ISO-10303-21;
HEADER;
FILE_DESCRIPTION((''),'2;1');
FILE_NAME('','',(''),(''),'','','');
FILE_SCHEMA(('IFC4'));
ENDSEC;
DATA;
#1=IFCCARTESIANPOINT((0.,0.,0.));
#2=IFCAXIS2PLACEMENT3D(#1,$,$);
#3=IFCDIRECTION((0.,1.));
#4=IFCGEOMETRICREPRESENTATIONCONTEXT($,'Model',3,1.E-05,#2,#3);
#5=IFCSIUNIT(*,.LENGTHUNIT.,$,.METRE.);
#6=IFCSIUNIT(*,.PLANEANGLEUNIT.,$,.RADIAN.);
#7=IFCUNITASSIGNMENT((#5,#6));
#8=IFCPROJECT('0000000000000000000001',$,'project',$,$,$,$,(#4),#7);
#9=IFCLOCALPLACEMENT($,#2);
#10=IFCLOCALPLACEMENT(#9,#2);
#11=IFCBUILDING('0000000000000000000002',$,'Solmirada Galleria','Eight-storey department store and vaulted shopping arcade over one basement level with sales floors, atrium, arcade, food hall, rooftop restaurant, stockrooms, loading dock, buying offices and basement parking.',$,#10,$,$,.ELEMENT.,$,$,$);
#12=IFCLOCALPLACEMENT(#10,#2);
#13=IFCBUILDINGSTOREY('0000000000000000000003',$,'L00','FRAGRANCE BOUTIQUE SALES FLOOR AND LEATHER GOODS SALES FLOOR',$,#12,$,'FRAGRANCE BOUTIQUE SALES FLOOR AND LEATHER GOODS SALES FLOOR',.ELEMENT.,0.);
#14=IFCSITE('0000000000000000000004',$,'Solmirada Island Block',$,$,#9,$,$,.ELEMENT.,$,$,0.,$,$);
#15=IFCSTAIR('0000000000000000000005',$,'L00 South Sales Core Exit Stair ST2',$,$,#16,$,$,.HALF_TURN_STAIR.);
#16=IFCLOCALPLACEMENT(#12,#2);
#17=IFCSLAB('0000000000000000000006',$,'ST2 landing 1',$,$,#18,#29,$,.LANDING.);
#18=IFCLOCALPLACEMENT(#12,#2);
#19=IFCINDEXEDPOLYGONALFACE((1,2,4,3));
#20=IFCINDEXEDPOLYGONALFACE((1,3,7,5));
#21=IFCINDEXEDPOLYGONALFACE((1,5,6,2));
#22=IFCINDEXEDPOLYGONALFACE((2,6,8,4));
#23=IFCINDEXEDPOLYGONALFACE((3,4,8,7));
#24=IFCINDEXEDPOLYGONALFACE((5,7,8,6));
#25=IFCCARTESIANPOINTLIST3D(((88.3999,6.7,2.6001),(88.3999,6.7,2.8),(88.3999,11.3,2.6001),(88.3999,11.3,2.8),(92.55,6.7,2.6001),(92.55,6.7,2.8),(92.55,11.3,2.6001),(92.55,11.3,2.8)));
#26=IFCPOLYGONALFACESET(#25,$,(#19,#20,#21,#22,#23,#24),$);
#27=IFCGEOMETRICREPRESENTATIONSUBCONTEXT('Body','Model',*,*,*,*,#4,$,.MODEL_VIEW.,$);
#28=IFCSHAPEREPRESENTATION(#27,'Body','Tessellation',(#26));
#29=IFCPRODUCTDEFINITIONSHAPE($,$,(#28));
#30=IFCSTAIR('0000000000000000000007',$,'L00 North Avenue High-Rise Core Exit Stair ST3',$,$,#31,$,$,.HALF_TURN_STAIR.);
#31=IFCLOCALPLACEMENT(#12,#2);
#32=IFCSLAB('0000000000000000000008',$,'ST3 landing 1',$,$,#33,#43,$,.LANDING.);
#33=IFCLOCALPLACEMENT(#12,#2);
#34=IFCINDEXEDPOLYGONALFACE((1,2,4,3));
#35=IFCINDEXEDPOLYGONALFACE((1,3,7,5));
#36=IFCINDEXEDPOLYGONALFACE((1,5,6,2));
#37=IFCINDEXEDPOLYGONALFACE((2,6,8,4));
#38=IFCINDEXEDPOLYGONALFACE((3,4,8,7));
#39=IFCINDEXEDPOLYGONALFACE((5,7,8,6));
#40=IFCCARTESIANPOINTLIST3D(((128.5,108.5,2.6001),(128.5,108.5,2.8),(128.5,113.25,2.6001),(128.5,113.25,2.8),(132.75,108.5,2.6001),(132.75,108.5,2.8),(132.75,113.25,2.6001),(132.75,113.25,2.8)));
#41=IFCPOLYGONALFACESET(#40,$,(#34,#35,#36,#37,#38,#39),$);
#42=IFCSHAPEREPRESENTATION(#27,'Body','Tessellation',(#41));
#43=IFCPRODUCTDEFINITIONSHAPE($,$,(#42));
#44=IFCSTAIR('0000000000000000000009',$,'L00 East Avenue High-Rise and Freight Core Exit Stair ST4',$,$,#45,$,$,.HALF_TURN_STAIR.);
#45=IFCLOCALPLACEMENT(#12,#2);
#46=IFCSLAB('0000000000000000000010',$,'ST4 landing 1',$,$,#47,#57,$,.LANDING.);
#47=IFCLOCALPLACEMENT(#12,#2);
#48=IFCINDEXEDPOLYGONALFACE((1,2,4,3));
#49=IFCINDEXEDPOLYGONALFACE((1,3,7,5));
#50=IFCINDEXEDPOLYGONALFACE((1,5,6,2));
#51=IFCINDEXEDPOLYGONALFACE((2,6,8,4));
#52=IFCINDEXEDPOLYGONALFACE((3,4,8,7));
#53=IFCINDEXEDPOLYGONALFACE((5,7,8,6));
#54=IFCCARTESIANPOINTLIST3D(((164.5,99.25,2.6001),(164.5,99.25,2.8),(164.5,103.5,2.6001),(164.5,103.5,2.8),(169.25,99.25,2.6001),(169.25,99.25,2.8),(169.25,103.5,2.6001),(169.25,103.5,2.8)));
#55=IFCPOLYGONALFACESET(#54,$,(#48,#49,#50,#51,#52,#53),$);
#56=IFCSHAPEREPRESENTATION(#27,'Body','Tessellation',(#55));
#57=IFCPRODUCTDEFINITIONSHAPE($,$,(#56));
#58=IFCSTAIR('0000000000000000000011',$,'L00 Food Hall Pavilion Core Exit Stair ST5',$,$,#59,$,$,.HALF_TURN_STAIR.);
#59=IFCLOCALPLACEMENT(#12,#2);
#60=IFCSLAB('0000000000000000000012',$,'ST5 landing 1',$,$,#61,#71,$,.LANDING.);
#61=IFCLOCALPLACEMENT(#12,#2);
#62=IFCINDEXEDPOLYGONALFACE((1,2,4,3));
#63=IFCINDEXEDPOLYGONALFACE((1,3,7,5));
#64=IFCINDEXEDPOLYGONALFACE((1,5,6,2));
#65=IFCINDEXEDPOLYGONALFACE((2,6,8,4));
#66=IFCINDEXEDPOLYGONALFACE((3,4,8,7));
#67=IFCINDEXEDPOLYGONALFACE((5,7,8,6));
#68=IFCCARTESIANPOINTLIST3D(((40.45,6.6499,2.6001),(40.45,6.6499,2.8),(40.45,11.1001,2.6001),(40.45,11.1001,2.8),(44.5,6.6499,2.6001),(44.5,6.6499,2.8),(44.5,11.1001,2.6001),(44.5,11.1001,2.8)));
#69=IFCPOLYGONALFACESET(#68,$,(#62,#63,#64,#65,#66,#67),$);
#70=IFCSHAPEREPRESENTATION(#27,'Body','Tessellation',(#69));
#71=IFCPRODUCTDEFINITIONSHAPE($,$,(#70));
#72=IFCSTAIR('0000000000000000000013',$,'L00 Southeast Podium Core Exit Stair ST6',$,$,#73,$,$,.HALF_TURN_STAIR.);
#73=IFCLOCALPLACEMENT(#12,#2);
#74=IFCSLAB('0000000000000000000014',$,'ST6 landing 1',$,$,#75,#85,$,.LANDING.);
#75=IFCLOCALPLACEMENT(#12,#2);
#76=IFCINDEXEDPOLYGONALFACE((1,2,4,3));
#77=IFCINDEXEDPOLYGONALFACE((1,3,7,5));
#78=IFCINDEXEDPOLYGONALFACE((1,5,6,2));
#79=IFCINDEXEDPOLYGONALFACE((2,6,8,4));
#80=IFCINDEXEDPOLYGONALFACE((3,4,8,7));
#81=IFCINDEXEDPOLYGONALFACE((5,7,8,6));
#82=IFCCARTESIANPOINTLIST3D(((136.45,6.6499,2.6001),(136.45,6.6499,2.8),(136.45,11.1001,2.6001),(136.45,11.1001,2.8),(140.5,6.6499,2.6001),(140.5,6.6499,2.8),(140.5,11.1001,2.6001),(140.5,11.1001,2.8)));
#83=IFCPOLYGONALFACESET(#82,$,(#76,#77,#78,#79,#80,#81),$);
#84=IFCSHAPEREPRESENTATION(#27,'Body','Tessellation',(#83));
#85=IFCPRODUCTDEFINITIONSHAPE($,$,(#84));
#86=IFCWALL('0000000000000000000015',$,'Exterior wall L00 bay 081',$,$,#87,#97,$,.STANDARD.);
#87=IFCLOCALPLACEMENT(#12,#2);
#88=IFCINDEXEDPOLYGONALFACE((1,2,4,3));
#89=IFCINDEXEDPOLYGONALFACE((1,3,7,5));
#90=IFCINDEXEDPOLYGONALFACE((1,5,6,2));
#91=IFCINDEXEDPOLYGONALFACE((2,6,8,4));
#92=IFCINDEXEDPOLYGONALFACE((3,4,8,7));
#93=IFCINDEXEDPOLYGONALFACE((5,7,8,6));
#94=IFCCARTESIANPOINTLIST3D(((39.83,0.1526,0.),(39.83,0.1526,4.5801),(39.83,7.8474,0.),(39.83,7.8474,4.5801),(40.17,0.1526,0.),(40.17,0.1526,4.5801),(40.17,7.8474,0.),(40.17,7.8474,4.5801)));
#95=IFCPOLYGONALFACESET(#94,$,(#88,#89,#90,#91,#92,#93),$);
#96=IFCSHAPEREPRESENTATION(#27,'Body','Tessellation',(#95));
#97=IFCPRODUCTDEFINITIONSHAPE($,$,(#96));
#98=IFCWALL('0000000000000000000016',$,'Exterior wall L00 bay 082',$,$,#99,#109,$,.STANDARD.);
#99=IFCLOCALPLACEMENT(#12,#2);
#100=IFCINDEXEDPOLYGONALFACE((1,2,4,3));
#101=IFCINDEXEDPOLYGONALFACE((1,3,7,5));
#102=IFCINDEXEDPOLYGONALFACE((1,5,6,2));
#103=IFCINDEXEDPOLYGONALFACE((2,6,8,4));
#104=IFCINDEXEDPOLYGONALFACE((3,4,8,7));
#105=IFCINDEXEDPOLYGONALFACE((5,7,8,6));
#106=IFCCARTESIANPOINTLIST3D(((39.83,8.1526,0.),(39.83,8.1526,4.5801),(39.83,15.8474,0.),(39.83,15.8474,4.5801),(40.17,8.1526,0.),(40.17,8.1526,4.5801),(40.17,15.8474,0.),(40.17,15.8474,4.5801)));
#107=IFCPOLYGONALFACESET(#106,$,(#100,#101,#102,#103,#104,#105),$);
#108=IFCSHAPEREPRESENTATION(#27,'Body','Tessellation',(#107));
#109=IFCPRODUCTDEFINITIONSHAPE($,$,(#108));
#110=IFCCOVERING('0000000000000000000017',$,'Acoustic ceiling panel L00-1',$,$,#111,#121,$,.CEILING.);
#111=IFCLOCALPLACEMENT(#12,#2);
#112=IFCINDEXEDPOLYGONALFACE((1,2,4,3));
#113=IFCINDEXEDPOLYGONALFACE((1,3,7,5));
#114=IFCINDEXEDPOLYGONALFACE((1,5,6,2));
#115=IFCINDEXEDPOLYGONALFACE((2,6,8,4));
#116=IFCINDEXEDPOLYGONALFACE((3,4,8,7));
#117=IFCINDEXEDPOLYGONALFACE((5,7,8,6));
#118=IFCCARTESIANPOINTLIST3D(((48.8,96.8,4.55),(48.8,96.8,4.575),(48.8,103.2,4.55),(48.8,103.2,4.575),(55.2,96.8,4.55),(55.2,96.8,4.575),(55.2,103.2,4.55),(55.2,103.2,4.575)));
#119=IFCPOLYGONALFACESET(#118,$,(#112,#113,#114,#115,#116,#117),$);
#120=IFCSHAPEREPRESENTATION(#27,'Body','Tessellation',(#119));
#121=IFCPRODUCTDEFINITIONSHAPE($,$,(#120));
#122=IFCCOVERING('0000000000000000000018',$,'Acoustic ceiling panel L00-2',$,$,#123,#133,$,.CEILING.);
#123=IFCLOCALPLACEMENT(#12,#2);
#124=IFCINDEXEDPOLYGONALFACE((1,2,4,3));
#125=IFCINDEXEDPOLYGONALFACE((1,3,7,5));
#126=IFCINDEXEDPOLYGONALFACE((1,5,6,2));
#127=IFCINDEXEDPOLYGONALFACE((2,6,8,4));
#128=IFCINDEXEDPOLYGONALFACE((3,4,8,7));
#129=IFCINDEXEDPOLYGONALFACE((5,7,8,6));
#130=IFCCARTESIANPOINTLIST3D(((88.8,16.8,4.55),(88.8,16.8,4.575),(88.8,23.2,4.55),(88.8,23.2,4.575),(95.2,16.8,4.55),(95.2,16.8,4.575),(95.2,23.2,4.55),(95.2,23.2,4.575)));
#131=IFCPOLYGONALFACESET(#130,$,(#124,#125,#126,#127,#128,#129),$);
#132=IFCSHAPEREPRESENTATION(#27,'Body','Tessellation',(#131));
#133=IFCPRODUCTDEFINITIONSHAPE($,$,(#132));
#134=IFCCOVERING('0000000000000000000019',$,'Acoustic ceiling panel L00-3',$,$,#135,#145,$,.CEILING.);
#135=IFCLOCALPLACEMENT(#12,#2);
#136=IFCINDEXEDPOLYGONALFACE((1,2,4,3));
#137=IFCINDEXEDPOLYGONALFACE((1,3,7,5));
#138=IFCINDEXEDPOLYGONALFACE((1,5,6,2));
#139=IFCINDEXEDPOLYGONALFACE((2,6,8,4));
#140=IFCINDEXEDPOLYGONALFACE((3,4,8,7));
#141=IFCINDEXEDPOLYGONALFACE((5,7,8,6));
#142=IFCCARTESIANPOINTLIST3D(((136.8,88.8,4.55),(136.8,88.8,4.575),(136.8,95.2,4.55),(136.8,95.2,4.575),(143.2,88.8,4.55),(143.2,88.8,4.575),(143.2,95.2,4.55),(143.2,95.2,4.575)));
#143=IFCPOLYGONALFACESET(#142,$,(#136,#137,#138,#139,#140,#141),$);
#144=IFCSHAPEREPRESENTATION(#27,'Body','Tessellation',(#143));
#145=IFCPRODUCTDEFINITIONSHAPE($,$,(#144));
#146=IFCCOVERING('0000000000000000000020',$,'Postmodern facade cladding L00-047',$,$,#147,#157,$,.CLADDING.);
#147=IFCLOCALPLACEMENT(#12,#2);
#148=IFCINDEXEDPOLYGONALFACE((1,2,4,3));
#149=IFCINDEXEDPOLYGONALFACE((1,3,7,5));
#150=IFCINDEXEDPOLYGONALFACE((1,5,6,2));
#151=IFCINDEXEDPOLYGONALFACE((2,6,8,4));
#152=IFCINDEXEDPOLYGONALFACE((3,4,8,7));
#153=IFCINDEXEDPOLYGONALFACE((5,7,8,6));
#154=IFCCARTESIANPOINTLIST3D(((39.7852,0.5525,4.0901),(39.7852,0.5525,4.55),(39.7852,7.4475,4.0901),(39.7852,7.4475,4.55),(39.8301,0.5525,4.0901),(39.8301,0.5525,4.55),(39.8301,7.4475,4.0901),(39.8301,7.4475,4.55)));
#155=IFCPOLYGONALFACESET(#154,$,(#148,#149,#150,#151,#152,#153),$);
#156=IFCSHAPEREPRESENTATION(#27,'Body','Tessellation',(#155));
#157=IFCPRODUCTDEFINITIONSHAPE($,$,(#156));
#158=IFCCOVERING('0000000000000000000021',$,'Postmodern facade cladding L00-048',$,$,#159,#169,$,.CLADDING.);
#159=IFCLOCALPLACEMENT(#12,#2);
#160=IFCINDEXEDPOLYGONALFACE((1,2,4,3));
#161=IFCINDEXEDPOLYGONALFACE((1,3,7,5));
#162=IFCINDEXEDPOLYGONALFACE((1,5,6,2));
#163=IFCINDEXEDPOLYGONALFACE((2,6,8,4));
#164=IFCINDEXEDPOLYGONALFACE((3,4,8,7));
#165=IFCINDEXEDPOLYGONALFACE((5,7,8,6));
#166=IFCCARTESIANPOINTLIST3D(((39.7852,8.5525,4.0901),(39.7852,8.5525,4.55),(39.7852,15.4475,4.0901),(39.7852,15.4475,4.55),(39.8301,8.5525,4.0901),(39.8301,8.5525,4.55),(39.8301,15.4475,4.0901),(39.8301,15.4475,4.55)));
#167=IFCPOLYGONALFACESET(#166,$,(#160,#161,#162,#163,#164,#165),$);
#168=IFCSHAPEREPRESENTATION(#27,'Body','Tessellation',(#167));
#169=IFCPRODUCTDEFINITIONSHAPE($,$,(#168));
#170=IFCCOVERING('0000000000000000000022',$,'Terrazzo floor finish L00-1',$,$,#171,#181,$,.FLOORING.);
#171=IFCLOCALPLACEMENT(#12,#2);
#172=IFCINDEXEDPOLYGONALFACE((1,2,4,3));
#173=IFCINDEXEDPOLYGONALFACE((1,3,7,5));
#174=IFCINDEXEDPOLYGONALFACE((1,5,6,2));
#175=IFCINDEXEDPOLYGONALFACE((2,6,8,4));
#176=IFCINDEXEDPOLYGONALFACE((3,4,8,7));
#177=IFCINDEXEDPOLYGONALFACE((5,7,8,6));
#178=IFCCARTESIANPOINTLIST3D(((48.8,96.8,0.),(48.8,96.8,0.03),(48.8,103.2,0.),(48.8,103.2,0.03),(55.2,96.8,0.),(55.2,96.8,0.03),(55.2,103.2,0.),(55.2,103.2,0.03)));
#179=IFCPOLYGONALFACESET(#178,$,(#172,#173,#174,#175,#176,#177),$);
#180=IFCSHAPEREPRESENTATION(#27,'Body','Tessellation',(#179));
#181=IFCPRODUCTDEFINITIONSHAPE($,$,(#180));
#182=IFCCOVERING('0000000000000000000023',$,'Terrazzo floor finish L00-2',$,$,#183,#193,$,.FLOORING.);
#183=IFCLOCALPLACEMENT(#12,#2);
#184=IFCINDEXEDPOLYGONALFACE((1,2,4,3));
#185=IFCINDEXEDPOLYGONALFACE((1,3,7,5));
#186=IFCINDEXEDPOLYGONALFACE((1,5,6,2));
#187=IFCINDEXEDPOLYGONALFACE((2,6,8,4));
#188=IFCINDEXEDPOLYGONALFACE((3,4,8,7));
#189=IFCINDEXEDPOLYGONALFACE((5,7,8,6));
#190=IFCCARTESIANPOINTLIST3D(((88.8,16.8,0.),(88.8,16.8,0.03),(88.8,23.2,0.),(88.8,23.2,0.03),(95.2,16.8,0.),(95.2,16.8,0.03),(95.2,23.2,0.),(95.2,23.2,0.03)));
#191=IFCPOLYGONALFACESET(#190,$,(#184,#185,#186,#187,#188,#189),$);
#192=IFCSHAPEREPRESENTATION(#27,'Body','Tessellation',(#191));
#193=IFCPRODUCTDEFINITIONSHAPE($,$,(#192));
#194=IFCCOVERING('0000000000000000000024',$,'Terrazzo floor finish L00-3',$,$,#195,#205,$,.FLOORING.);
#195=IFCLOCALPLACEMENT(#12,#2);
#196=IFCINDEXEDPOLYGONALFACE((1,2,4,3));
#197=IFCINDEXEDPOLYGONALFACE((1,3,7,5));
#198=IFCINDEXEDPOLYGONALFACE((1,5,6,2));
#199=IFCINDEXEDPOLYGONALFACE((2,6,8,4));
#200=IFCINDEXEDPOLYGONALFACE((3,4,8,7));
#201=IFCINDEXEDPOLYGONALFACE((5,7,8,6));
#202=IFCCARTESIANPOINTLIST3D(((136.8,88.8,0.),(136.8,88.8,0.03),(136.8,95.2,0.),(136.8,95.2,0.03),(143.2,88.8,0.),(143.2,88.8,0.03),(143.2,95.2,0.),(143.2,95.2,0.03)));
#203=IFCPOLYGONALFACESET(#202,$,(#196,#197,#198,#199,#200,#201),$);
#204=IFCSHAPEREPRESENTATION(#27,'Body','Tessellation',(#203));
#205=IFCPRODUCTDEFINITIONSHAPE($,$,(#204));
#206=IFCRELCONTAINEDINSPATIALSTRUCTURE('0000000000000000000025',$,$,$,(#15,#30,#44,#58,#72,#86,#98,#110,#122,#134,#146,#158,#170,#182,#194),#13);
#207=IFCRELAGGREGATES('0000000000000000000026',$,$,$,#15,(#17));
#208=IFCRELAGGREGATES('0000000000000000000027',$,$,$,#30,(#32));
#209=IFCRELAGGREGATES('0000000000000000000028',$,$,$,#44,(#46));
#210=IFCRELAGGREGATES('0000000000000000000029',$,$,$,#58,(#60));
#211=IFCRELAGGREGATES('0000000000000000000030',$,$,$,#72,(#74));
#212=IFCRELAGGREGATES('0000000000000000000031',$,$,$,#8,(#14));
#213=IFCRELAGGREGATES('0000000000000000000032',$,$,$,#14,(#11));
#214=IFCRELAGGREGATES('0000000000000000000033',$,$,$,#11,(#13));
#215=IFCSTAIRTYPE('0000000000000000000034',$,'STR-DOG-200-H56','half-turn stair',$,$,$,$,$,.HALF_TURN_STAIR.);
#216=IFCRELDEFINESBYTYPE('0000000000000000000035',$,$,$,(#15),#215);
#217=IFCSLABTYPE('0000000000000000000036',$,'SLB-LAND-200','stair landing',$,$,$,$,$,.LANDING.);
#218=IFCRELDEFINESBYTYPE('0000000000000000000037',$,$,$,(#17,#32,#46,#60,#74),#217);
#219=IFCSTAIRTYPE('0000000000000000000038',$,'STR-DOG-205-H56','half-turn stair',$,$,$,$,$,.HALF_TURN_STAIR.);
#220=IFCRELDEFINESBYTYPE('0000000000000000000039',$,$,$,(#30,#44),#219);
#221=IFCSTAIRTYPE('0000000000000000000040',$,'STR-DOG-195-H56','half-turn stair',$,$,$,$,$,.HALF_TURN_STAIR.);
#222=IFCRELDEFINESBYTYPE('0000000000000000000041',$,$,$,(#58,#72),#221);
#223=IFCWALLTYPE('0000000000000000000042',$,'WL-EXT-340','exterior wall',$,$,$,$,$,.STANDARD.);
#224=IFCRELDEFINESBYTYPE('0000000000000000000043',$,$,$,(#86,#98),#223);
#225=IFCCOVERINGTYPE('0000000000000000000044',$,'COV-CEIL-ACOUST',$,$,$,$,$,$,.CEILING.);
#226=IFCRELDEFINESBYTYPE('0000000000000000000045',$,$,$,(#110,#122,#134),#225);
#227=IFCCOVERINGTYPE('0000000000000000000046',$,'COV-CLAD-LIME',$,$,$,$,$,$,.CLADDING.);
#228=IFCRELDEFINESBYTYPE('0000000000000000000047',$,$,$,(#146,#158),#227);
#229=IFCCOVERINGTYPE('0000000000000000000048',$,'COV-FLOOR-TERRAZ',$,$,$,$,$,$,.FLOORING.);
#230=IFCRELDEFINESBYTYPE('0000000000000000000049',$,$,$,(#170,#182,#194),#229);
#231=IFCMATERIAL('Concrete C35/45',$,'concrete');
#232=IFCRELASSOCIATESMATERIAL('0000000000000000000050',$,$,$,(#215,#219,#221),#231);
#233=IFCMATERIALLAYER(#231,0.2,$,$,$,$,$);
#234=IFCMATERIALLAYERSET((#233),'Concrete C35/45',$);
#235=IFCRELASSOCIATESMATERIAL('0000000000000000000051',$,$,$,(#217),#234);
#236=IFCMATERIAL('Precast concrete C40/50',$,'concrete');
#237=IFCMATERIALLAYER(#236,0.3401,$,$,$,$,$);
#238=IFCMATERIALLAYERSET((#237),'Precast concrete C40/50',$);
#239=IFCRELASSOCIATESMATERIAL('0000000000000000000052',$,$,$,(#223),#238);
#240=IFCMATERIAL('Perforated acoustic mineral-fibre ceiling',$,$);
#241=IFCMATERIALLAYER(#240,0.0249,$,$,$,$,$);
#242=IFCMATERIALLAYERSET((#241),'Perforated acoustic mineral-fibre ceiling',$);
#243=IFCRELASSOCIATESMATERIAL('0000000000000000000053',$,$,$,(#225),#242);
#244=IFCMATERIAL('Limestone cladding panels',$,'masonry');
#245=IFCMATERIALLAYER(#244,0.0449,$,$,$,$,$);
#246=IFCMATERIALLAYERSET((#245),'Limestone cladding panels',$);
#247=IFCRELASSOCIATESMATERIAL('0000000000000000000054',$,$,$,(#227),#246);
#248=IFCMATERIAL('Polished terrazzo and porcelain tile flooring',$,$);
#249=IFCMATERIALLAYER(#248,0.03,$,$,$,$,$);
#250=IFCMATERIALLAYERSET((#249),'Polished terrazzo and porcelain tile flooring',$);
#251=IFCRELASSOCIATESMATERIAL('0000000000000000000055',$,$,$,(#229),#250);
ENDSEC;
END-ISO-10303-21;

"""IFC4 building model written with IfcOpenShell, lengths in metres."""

from ifc_helpers import new_model, si_unit, direction, frame, frame_2d, origin, origin_2d, place, context, subcontext, project, spatial, polyline, rectangle, outline, extrude, material, layer, layer_set, type_object, element, aggregate, save


model = new_model("IFC4")

# Units and contexts
model_context = context("Model", 3, precision=1e-05, world=origin(), true_north=direction((0.0, 1.0)))
body_context = subcontext(model_context, "Body", "Model", "MODEL_VIEW")
ifc_project = project(units=[si_unit("LENGTHUNIT", "METRE"), si_unit("PLANEANGLEUNIT", "RADIAN")], contexts=[model_context])

# Site, building, storey
site_placement = place(None, origin())
site = spatial("IfcSite", under=ifc_project, at=site_placement, Name="Solmirada Island Block", CompositionType="ELEMENT", RefElevation=0.0)
building_placement = place(site_placement, origin())
building = spatial("IfcBuilding", under=site, at=building_placement, Name="Solmirada Galleria", Description="Eight-storey department store and vaulted shopping arcade over one basement level with sales floors, atrium, arcade, food hall, rooftop restaurant, stockrooms, loading dock, buying offices and basement parking.", CompositionType="ELEMENT")
storey_placement = place(building_placement, origin())
storey = spatial("IfcBuildingStorey", under=building, at=storey_placement, Name="L00", Description="FRAGRANCE BOUTIQUE SALES FLOOR AND LEATHER GOODS SALES FLOOR", LongName="FRAGRANCE BOUTIQUE SALES FLOOR AND LEATHER GOODS SALES FLOOR", CompositionType="ELEMENT", Elevation=0.0)

# Shared definitions
ifc_material_1 = material(Name="Concrete C35/45", Category="concrete")

# Stairs, slabs
stair_type_1 = type_object("IfcStairType", Name="STR-DOG-200-H56", Description="half-turn stair", PredefinedType="HALF_TURN_STAIR", material=ifc_material_1)
ifc_layer_1 = layer(ifc_material_1, 0.2)
ifc_layer_set_1 = layer_set([ifc_layer_1], Name="Concrete C35/45")
slab_type_1 = type_object("IfcSlabType", Name="SLB-LAND-200", Description="stair landing", PredefinedType="LANDING", material=ifc_layer_set_1)
stair_1_placement = place(storey_placement, origin())
stair_1 = element("IfcStair", 1, at=stair_1_placement, inside=storey, type_object=stair_type_1, Name="L00 South Sales Core Exit Stair ST2", PredefinedType="HALF_TURN_STAIR")
slab_1_placement = place(storey_placement, frame((0.0, 0.0, 2.6001)))
slab_1 = element("IfcSlab", 2, at=slab_1_placement, type_object=slab_type_1, Name="ST2 landing 1", PredefinedType="LANDING", context=body_context, shape_type="SweptSolid", body=[
    extrude(outline(polyline([(92.55, 6.7), (92.55, 11.3), (88.3999, 11.3), (88.3999, 6.7), (92.55, 6.7)])), origin(), (0.0, 0.0, 1.0), 0.2),
])
aggregate(stair_1, [slab_1])
stair_type_2 = type_object("IfcStairType", Name="STR-DOG-205-H56", Description="half-turn stair", PredefinedType="HALF_TURN_STAIR", material=ifc_material_1)
stair_2_placement = place(storey_placement, origin())
stair_2 = element("IfcStair", 3, at=stair_2_placement, inside=storey, type_object=stair_type_2, Name="L00 North Avenue High-Rise Core Exit Stair ST3", PredefinedType="HALF_TURN_STAIR")
slab_2_placement = place(storey_placement, frame((0.0, 0.0, 2.6001)))
slab_2 = element("IfcSlab", 4, at=slab_2_placement, type_object=slab_type_1, Name="ST3 landing 1", PredefinedType="LANDING", context=body_context, shape_type="SweptSolid", body=[
    extrude(outline(polyline([(128.5, 113.25), (128.5, 108.5), (132.75, 108.5), (132.75, 113.25), (128.5, 113.25)])), origin(), (0.0, 0.0, 1.0), 0.2),
])
aggregate(stair_2, [slab_2])
stair_3_placement = place(storey_placement, origin())
stair_3 = element("IfcStair", 5, at=stair_3_placement, inside=storey, type_object=stair_type_2, Name="L00 East Avenue High-Rise and Freight Core Exit Stair ST4", PredefinedType="HALF_TURN_STAIR")
slab_3_placement = place(storey_placement, frame((0.0, 0.0, 2.6001)))
slab_3 = element("IfcSlab", 6, at=slab_3_placement, type_object=slab_type_1, Name="ST4 landing 1", PredefinedType="LANDING", context=body_context, shape_type="SweptSolid", body=[
    extrude(outline(polyline([(169.25, 103.5), (164.5, 103.5), (164.5, 99.25), (169.25, 99.25), (169.25, 103.5)])), origin(), (0.0, 0.0, 1.0), 0.2),
])
aggregate(stair_3, [slab_3])
stair_type_3 = type_object("IfcStairType", Name="STR-DOG-195-H56", Description="half-turn stair", PredefinedType="HALF_TURN_STAIR", material=ifc_material_1)
stair_4_placement = place(storey_placement, origin())
stair_4 = element("IfcStair", 7, at=stair_4_placement, inside=storey, type_object=stair_type_3, Name="L00 Food Hall Pavilion Core Exit Stair ST5", PredefinedType="HALF_TURN_STAIR")
slab_4_placement = place(storey_placement, frame((0.0, 0.0, 2.6001)))
slab_4 = element("IfcSlab", 8, at=slab_4_placement, type_object=slab_type_1, Name="ST5 landing 1", PredefinedType="LANDING", context=body_context, shape_type="SweptSolid", body=[
    extrude(outline(polyline([(44.5, 6.6499), (44.5, 11.1001), (40.45, 11.1001), (40.45, 6.6499), (44.5, 6.6499)])), origin(), (0.0, 0.0, 1.0), 0.2),
])
aggregate(stair_4, [slab_4])
stair_5_placement = place(storey_placement, origin())
stair_5 = element("IfcStair", 9, at=stair_5_placement, inside=storey, type_object=stair_type_3, Name="L00 Southeast Podium Core Exit Stair ST6", PredefinedType="HALF_TURN_STAIR")
slab_5_placement = place(storey_placement, frame((0.0, 0.0, 2.6001)))
slab_5 = element("IfcSlab", 10, at=slab_5_placement, type_object=slab_type_1, Name="ST6 landing 1", PredefinedType="LANDING", context=body_context, shape_type="SweptSolid", body=[
    extrude(outline(polyline([(140.5, 6.6499), (140.5, 11.1001), (136.45, 11.1001), (136.45, 6.6499), (140.5, 6.6499)])), origin(), (0.0, 0.0, 1.0), 0.2),
])
aggregate(stair_5, [slab_5])

# Walls
ifc_material_2 = material(Name="Precast concrete C40/50", Category="concrete")
ifc_layer_2 = layer(ifc_material_2, 0.3401)
ifc_layer_set_2 = layer_set([ifc_layer_2], Name="Precast concrete C40/50")
wall_type = type_object("IfcWallType", Name="WL-EXT-340", Description="exterior wall", PredefinedType="STANDARD", material=ifc_layer_set_2)
for number, where, z_axis, x_axis, name in (
    (11, (40.0, 0.1526, 0.0), (0.0, 0.0, 1.0), (0.0, 1.0, 0.0), "Exterior wall L00 bay 081"),
    (12, (40.0, 8.1526, 0.0), (0.0, 0.0, 1.0), (0.0, 1.0, 0.0), "Exterior wall L00 bay 082"),
):
    element("IfcWall", number, at=place(storey_placement, frame(where, z_axis=z_axis, x_axis=x_axis)), inside=storey, type_object=wall_type, Name=name, PredefinedType="STANDARD", context=body_context, shape_type="SweptSolid", body=[
        extrude(rectangle(XDim=7.6948, YDim=0.3401, at=frame_2d((3.8474, 0.0))), origin(), (0.0, 0.0, 1.0), 4.5801),
    ])

# Coverings
ifc_material_3 = material(Name="Perforated acoustic mineral-fibre ceiling")
ifc_layer_3 = layer(ifc_material_3, 0.0249)
ifc_layer_set_3 = layer_set([ifc_layer_3], Name="Perforated acoustic mineral-fibre ceiling")
covering_type_1 = type_object("IfcCoveringType", Name="COV-CEIL-ACOUST", PredefinedType="CEILING", material=ifc_layer_set_3)
covering_1_placement = place(storey_placement, frame((0.0, 0.0, 4.55)))
element("IfcCovering", 13, at=covering_1_placement, inside=storey, type_object=covering_type_1, Name="Acoustic ceiling panel L00-1", PredefinedType="CEILING", context=body_context, shape_type="SweptSolid", body=[
    extrude(outline(polyline([(48.8, 96.8), (55.2, 96.8), (55.2, 103.2), (48.8, 103.2), (48.8, 96.8)])), origin(), (0.0, 0.0, 1.0), 0.0249),
])
covering_2_placement = place(storey_placement, frame((0.0, 0.0, 4.55)))
element("IfcCovering", 14, at=covering_2_placement, inside=storey, type_object=covering_type_1, Name="Acoustic ceiling panel L00-2", PredefinedType="CEILING", context=body_context, shape_type="SweptSolid", body=[
    extrude(outline(polyline([(88.8, 16.8), (95.2, 16.8), (95.2, 23.2), (88.8, 23.2), (88.8, 16.8)])), origin(), (0.0, 0.0, 1.0), 0.0249),
])
covering_3_placement = place(storey_placement, frame((0.0, 0.0, 4.55)))
element("IfcCovering", 15, at=covering_3_placement, inside=storey, type_object=covering_type_1, Name="Acoustic ceiling panel L00-3", PredefinedType="CEILING", context=body_context, shape_type="SweptSolid", body=[
    extrude(outline(polyline([(136.8, 88.8), (143.2, 88.8), (143.2, 95.2), (136.8, 95.2), (136.8, 88.8)])), origin(), (0.0, 0.0, 1.0), 0.0249),
])
ifc_material_4 = material(Name="Limestone cladding panels", Category="masonry")
ifc_layer_4 = layer(ifc_material_4, 0.0449)
ifc_layer_set_4 = layer_set([ifc_layer_4], Name="Limestone cladding panels")
covering_type_2 = type_object("IfcCoveringType", Name="COV-CLAD-LIME", PredefinedType="CLADDING", material=ifc_layer_set_4)
for number, where, z_axis, x_axis, name in (
    (16, (39.8076, 4.0, 4.0901), (0.0, 0.0, 1.0), (0.0, 1.0, 0.0), "Postmodern facade cladding L00-047"),
    (17, (39.8076, 12.0, 4.0901), (0.0, 0.0, 1.0), (0.0, 1.0, 0.0), "Postmodern facade cladding L00-048"),
):
    element("IfcCovering", number, at=place(storey_placement, frame(where, z_axis=z_axis, x_axis=x_axis)), inside=storey, type_object=covering_type_2, Name=name, PredefinedType="CLADDING", context=body_context, shape_type="SweptSolid", body=[
        extrude(rectangle(XDim=6.895, YDim=0.0449, at=origin_2d()), origin(), (0.0, 0.0, 1.0), 0.46),
    ])
ifc_material_5 = material(Name="Polished terrazzo and porcelain tile flooring")
ifc_layer_5 = layer(ifc_material_5, 0.03)
ifc_layer_set_5 = layer_set([ifc_layer_5], Name="Polished terrazzo and porcelain tile flooring")
covering_type_3 = type_object("IfcCoveringType", Name="COV-FLOOR-TERRAZ", PredefinedType="FLOORING", material=ifc_layer_set_5)
covering_4_placement = place(storey_placement, origin())
element("IfcCovering", 18, at=covering_4_placement, inside=storey, type_object=covering_type_3, Name="Terrazzo floor finish L00-1", PredefinedType="FLOORING", context=body_context, shape_type="SweptSolid", body=[
    extrude(outline(polyline([(48.8, 96.8), (55.2, 96.8), (55.2, 103.2), (48.8, 103.2), (48.8, 96.8)])), origin(), (0.0, 0.0, 1.0), 0.03),
])
covering_5_placement = place(storey_placement, origin())
element("IfcCovering", 19, at=covering_5_placement, inside=storey, type_object=covering_type_3, Name="Terrazzo floor finish L00-2", PredefinedType="FLOORING", context=body_context, shape_type="SweptSolid", body=[
    extrude(outline(polyline([(88.8, 16.8), (95.2, 16.8), (95.2, 23.2), (88.8, 23.2), (88.8, 16.8)])), origin(), (0.0, 0.0, 1.0), 0.03),
])
covering_6_placement = place(storey_placement, origin())
element("IfcCovering", 20, at=covering_6_placement, inside=storey, type_object=covering_type_3, Name="Terrazzo floor finish L00-3", PredefinedType="FLOORING", context=body_context, shape_type="SweptSolid", body=[
    extrude(outline(polyline([(136.8, 88.8), (143.2, 88.8), (143.2, 95.2), (136.8, 95.2), (136.8, 88.8)])), origin(), (0.0, 0.0, 1.0), 0.03),
])

save(model, "model.ifc")
